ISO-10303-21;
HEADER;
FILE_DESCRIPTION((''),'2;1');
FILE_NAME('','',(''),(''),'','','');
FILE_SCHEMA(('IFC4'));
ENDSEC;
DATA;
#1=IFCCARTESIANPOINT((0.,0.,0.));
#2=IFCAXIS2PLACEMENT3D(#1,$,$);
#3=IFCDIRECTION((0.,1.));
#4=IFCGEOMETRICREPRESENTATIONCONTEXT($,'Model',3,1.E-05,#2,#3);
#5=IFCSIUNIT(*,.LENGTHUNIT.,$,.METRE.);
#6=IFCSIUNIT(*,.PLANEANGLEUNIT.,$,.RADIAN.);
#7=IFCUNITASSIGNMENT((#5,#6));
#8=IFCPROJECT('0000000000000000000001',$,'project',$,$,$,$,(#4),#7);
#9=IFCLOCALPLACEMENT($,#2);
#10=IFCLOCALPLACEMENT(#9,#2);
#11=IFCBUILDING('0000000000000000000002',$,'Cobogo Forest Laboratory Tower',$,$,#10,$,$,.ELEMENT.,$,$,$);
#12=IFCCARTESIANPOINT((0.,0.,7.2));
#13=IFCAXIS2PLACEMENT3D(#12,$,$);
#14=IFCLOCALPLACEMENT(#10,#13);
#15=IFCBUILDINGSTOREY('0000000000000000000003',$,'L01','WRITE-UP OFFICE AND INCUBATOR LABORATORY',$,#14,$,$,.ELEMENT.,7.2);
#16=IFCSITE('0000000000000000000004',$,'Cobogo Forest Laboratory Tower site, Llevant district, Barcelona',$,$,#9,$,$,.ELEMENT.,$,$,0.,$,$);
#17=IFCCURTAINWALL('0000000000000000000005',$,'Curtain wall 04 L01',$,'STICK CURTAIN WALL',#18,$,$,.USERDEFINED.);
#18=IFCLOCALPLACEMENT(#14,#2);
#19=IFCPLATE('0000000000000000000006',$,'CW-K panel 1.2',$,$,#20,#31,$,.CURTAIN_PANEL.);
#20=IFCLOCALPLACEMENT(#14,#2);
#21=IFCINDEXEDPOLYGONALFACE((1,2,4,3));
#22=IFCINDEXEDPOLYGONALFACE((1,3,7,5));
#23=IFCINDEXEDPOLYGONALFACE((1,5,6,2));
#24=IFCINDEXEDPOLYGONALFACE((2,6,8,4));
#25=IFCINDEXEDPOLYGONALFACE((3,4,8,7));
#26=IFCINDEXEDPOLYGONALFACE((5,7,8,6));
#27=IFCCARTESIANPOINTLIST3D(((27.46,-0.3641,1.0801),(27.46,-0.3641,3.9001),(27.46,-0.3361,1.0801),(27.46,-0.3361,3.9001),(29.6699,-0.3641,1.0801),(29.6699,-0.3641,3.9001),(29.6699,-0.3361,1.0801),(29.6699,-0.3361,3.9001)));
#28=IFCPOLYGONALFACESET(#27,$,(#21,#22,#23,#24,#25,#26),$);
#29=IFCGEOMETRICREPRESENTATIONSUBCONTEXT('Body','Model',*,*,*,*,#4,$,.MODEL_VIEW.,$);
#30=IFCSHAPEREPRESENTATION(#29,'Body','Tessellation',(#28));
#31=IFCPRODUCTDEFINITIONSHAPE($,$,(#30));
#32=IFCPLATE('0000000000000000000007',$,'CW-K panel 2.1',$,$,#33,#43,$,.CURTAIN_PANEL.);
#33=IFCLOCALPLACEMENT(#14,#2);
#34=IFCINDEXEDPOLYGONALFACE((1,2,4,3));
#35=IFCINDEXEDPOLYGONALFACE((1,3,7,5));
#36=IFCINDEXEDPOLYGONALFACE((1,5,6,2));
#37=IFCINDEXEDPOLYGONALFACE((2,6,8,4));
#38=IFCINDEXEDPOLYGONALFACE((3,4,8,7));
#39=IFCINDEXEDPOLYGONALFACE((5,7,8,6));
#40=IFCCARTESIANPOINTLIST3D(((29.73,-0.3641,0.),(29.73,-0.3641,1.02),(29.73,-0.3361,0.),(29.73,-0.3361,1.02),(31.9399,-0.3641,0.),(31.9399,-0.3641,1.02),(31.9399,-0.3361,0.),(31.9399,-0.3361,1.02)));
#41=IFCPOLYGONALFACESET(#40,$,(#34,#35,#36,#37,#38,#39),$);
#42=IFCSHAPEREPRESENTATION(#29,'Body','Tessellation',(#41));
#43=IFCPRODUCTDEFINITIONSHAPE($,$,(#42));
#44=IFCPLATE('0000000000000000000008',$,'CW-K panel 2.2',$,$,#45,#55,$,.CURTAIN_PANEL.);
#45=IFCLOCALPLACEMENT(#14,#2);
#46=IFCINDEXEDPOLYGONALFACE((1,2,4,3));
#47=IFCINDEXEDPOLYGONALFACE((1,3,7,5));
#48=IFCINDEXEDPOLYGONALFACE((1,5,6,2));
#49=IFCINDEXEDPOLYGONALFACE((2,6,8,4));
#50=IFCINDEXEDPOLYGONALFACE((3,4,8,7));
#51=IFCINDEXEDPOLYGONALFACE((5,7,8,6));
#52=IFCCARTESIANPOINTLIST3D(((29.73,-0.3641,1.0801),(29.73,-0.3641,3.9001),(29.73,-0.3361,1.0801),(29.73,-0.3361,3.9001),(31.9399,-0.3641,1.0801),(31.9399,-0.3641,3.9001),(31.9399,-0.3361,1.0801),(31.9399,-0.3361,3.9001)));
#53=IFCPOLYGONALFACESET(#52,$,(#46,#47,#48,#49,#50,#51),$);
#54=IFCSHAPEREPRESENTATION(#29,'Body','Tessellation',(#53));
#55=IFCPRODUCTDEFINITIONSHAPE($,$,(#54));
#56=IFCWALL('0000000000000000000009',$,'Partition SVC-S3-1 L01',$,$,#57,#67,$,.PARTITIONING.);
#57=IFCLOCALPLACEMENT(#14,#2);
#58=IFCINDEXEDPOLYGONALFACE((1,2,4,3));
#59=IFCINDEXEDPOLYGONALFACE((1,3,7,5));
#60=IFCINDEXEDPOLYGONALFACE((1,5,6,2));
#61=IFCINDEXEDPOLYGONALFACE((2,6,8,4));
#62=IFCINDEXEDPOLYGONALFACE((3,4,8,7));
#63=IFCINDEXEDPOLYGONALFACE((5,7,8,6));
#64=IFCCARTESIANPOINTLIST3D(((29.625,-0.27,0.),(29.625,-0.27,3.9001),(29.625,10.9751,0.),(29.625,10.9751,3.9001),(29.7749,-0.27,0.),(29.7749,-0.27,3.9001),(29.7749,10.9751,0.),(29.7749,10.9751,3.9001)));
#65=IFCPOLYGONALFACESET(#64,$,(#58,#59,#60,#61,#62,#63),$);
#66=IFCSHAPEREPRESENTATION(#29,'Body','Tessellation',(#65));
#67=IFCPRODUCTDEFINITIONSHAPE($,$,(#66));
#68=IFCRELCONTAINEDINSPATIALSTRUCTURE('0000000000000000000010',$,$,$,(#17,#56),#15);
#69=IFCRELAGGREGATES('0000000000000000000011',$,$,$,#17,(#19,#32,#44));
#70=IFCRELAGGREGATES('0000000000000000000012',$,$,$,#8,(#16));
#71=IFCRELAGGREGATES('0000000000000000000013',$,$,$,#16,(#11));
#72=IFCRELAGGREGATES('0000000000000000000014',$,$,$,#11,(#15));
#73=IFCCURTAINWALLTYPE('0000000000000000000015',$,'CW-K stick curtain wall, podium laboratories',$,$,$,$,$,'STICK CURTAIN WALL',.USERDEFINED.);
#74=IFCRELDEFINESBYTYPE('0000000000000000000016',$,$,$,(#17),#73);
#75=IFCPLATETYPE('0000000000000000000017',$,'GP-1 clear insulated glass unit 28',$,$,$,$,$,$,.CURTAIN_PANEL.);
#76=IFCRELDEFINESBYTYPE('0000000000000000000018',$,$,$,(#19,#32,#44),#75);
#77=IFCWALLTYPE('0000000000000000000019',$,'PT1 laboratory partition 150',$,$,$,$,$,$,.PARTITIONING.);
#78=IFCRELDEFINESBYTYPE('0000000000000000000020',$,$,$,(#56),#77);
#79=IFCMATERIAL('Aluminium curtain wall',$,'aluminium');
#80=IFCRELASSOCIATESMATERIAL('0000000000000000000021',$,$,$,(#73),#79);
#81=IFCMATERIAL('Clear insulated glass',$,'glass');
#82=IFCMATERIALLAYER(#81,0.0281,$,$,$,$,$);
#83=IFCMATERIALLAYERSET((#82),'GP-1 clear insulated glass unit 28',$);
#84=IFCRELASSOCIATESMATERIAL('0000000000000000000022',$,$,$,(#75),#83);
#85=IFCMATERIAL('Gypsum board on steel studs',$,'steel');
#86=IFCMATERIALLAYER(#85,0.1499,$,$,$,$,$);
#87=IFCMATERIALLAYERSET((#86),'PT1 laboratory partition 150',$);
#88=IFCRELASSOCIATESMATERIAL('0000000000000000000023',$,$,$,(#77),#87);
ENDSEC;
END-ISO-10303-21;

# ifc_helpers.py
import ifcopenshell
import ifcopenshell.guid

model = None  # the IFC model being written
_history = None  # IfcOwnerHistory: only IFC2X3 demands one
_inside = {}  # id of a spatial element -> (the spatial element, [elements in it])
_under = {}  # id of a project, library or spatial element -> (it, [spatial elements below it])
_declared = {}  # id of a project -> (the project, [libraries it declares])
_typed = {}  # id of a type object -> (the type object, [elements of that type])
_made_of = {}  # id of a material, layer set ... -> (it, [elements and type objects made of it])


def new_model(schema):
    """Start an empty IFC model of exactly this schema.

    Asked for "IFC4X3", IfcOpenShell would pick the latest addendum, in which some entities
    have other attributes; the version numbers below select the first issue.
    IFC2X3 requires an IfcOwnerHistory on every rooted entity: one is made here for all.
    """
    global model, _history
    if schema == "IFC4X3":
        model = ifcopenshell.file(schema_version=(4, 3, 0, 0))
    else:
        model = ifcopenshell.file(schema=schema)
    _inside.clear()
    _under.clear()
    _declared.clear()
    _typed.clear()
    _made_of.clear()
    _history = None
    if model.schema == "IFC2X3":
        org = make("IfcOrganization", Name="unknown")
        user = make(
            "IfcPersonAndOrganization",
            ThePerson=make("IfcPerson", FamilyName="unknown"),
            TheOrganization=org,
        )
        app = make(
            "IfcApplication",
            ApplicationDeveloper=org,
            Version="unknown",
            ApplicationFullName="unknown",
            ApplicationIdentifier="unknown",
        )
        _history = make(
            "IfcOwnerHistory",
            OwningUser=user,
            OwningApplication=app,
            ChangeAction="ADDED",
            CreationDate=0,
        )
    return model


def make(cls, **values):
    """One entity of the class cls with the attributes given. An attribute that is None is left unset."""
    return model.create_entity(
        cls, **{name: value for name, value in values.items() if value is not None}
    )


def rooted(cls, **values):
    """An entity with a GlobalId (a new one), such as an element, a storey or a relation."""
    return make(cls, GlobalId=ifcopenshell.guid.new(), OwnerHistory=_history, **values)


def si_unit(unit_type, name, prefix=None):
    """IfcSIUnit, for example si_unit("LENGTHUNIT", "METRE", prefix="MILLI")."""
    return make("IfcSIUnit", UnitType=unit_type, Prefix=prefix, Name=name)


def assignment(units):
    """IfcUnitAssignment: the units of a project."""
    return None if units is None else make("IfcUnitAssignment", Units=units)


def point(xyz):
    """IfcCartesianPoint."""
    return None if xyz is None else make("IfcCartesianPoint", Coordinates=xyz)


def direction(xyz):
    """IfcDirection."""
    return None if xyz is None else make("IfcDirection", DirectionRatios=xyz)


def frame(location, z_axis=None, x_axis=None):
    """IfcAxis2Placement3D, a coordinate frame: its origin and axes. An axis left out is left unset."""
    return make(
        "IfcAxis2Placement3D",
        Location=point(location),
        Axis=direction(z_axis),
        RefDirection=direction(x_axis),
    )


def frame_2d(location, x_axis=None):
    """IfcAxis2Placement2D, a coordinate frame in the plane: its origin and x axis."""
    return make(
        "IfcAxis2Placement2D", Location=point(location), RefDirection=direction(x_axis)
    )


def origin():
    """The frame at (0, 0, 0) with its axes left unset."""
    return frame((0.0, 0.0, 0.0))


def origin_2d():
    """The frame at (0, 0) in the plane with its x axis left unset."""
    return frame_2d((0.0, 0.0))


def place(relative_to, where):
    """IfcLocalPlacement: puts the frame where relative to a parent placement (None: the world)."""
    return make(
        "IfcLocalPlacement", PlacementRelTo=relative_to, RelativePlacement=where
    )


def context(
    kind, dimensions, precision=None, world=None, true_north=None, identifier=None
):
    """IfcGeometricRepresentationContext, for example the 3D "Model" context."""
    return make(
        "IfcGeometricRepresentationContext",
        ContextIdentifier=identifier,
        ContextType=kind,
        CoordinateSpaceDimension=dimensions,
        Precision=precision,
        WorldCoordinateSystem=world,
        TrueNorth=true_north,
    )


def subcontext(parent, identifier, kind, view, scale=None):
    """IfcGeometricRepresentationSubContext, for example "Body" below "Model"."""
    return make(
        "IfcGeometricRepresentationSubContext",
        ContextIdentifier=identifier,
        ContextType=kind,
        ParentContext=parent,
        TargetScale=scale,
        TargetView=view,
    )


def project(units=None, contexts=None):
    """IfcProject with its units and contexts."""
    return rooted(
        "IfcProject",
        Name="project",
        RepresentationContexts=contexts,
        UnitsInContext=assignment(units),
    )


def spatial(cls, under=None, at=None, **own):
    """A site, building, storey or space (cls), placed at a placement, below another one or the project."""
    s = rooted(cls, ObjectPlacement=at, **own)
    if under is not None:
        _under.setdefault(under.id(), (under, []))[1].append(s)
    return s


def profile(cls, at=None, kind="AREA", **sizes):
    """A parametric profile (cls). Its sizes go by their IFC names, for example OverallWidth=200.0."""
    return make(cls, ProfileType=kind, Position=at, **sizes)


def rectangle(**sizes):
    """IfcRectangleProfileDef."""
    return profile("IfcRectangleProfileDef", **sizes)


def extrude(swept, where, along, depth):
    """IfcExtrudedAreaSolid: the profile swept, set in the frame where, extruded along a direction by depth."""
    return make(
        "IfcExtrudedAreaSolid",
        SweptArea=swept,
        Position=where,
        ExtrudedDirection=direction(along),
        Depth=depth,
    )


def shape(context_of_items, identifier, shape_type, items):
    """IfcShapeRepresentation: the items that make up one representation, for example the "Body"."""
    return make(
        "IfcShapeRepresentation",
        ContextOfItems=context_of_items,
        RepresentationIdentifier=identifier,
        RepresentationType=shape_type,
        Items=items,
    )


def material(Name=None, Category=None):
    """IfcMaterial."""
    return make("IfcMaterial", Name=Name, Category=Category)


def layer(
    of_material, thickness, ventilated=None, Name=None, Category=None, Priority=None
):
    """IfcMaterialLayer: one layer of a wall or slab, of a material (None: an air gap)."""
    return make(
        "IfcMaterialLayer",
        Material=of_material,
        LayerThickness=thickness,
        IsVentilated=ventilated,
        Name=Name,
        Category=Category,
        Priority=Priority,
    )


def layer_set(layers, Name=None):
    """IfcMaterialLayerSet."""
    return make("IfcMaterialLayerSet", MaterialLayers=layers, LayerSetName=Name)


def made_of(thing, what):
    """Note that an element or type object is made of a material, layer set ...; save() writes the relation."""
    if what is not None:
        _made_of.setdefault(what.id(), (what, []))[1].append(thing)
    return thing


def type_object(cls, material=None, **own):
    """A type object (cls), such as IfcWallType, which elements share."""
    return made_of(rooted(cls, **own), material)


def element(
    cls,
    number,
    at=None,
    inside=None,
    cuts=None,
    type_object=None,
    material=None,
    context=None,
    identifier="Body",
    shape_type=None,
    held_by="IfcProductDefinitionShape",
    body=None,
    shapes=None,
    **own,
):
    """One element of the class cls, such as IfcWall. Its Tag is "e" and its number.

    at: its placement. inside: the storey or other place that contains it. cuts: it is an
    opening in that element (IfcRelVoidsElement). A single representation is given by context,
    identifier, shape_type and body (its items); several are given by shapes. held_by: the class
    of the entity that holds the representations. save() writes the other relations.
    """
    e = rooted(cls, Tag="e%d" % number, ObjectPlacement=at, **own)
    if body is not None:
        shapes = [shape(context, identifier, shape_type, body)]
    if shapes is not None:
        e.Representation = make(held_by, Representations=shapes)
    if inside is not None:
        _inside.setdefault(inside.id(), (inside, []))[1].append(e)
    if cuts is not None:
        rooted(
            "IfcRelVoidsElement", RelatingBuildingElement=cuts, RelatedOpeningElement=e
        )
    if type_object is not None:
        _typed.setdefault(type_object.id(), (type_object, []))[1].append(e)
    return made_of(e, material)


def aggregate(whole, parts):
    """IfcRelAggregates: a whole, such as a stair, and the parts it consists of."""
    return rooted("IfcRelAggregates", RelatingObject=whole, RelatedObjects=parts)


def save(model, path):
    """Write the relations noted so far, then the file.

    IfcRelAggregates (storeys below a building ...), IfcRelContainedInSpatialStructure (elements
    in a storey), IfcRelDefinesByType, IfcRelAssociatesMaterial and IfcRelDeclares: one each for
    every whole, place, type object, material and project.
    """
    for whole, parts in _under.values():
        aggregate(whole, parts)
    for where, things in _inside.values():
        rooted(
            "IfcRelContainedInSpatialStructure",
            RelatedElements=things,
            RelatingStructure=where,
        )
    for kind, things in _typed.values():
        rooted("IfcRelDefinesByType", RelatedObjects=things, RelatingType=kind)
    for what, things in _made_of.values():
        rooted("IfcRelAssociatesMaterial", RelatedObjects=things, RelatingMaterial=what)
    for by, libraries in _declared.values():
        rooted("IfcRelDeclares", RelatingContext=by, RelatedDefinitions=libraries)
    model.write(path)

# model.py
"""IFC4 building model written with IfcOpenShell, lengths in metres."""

from ifc_helpers import new_model, si_unit, direction, frame, frame_2d, origin, origin_2d, place, context, subcontext, project, spatial, rectangle, extrude, material, layer, layer_set, type_object, element, aggregate, save


model = new_model("IFC4")

# Units and contexts
model_context = context("Model", 3, precision=1e-05, world=origin(), true_north=direction((0.0, 1.0)))
body_context = subcontext(model_context, "Body", "Model", "MODEL_VIEW")
ifc_project = project(units=[si_unit("LENGTHUNIT", "METRE"), si_unit("PLANEANGLEUNIT", "RADIAN")], contexts=[model_context])

# Site, building, storey
site_placement = place(None, origin())
site = spatial("IfcSite", under=ifc_project, at=site_placement, Name="Cobogo Forest Laboratory Tower site, Llevant district, Barcelona", CompositionType="ELEMENT", RefElevation=0.0)
building_placement = place(site_placement, origin())
building = spatial("IfcBuilding", under=site, at=building_placement, Name="Cobogo Forest Laboratory Tower", CompositionType="ELEMENT")
storey_placement = place(building_placement, frame((0.0, 0.0, 7.2)))
storey = spatial("IfcBuildingStorey", under=building, at=storey_placement, Name="L01", Description="WRITE-UP OFFICE AND INCUBATOR LABORATORY", CompositionType="ELEMENT", Elevation=7.2)

# Shared definitions
ifc_material_1 = material(Name="Aluminium curtain wall", Category="aluminium")
curtain_wall_type = type_object("IfcCurtainWallType", Name="CW-K stick curtain wall, podium laboratories", ElementType="STICK CURTAIN WALL", PredefinedType="USERDEFINED", material=ifc_material_1)

# Curtain wall
curtain_wall_1_placement = place(storey_placement, origin())
curtain_wall_1 = element("IfcCurtainWall", 1, at=curtain_wall_1_placement, inside=storey, type_object=curtain_wall_type, Name="Curtain wall 04 L01", ObjectType="STICK CURTAIN WALL", PredefinedType="USERDEFINED")

# Plates
ifc_material_2 = material(Name="Clear insulated glass", Category="glass")
ifc_layer_1 = layer(ifc_material_2, 0.0281)
ifc_layer_set_1 = layer_set([ifc_layer_1], Name="GP-1 clear insulated glass unit 28")
plate_type_1 = type_object("IfcPlateType", Name="GP-1 clear insulated glass unit 28", PredefinedType="CURTAIN_PANEL", material=ifc_layer_set_1)
plate_1_placement = place(storey_placement, frame((28.5649, -0.3501, 1.0801), z_axis=(0.0, 0.0, 1.0), x_axis=(1.0, 0.0, 0.0)))
plate_1 = element("IfcPlate", 2, at=plate_1_placement, type_object=plate_type_1, Name="CW-K panel 1.2", PredefinedType="CURTAIN_PANEL", context=body_context, shape_type="SweptSolid", body=[
    extrude(rectangle(XDim=2.21, YDim=0.0281, at=origin_2d()), origin(), (0.0, 0.0, 1.0), 2.8201),
])
plate_2_placement = place(storey_placement, frame((30.835, -0.3501, 0.0), z_axis=(0.0, 0.0, 1.0), x_axis=(1.0, 0.0, 0.0)))
plate_2 = element("IfcPlate", 3, at=plate_2_placement, type_object=plate_type_1, Name="CW-K panel 2.1", PredefinedType="CURTAIN_PANEL", context=body_context, shape_type="SweptSolid", body=[
    extrude(rectangle(XDim=2.21, YDim=0.0281, at=origin_2d()), origin(), (0.0, 0.0, 1.0), 1.02),
])
plate_3_placement = place(storey_placement, frame((30.835, -0.3501, 1.0801), z_axis=(0.0, 0.0, 1.0), x_axis=(1.0, 0.0, 0.0)))
plate_3 = element("IfcPlate", 4, at=plate_3_placement, type_object=plate_type_1, Name="CW-K panel 2.2", PredefinedType="CURTAIN_PANEL", context=body_context, shape_type="SweptSolid", body=[
    extrude(rectangle(XDim=2.21, YDim=0.0281, at=origin_2d()), origin(), (0.0, 0.0, 1.0), 2.8201),
])
aggregate(curtain_wall_1, [plate_1, plate_2, plate_3])

# Wall
ifc_material_3 = material(Name="Gypsum board on steel studs", Category="steel")
ifc_layer_2 = layer(ifc_material_3, 0.1499)
ifc_layer_set_2 = layer_set([ifc_layer_2], Name="PT1 laboratory partition 150")
wall_type = type_object("IfcWallType", Name="PT1 laboratory partition 150", PredefinedType="PARTITIONING", material=ifc_layer_set_2)
wall_placement = place(storey_placement, frame((29.7, -0.27, 0.0), z_axis=(0.0, 0.0, 1.0), x_axis=(0.0, 1.0, 0.0)))
element("IfcWall", 5, at=wall_placement, inside=storey, type_object=wall_type, Name="Partition SVC-S3-1 L01", PredefinedType="PARTITIONING", context=body_context, shape_type="SweptSolid", body=[
    extrude(rectangle(XDim=11.2451, YDim=0.1499, at=frame_2d((5.6226, 0.0))), origin(), (0.0, 0.0, 1.0), 3.9001),
])

save(model, "model.ifc")
